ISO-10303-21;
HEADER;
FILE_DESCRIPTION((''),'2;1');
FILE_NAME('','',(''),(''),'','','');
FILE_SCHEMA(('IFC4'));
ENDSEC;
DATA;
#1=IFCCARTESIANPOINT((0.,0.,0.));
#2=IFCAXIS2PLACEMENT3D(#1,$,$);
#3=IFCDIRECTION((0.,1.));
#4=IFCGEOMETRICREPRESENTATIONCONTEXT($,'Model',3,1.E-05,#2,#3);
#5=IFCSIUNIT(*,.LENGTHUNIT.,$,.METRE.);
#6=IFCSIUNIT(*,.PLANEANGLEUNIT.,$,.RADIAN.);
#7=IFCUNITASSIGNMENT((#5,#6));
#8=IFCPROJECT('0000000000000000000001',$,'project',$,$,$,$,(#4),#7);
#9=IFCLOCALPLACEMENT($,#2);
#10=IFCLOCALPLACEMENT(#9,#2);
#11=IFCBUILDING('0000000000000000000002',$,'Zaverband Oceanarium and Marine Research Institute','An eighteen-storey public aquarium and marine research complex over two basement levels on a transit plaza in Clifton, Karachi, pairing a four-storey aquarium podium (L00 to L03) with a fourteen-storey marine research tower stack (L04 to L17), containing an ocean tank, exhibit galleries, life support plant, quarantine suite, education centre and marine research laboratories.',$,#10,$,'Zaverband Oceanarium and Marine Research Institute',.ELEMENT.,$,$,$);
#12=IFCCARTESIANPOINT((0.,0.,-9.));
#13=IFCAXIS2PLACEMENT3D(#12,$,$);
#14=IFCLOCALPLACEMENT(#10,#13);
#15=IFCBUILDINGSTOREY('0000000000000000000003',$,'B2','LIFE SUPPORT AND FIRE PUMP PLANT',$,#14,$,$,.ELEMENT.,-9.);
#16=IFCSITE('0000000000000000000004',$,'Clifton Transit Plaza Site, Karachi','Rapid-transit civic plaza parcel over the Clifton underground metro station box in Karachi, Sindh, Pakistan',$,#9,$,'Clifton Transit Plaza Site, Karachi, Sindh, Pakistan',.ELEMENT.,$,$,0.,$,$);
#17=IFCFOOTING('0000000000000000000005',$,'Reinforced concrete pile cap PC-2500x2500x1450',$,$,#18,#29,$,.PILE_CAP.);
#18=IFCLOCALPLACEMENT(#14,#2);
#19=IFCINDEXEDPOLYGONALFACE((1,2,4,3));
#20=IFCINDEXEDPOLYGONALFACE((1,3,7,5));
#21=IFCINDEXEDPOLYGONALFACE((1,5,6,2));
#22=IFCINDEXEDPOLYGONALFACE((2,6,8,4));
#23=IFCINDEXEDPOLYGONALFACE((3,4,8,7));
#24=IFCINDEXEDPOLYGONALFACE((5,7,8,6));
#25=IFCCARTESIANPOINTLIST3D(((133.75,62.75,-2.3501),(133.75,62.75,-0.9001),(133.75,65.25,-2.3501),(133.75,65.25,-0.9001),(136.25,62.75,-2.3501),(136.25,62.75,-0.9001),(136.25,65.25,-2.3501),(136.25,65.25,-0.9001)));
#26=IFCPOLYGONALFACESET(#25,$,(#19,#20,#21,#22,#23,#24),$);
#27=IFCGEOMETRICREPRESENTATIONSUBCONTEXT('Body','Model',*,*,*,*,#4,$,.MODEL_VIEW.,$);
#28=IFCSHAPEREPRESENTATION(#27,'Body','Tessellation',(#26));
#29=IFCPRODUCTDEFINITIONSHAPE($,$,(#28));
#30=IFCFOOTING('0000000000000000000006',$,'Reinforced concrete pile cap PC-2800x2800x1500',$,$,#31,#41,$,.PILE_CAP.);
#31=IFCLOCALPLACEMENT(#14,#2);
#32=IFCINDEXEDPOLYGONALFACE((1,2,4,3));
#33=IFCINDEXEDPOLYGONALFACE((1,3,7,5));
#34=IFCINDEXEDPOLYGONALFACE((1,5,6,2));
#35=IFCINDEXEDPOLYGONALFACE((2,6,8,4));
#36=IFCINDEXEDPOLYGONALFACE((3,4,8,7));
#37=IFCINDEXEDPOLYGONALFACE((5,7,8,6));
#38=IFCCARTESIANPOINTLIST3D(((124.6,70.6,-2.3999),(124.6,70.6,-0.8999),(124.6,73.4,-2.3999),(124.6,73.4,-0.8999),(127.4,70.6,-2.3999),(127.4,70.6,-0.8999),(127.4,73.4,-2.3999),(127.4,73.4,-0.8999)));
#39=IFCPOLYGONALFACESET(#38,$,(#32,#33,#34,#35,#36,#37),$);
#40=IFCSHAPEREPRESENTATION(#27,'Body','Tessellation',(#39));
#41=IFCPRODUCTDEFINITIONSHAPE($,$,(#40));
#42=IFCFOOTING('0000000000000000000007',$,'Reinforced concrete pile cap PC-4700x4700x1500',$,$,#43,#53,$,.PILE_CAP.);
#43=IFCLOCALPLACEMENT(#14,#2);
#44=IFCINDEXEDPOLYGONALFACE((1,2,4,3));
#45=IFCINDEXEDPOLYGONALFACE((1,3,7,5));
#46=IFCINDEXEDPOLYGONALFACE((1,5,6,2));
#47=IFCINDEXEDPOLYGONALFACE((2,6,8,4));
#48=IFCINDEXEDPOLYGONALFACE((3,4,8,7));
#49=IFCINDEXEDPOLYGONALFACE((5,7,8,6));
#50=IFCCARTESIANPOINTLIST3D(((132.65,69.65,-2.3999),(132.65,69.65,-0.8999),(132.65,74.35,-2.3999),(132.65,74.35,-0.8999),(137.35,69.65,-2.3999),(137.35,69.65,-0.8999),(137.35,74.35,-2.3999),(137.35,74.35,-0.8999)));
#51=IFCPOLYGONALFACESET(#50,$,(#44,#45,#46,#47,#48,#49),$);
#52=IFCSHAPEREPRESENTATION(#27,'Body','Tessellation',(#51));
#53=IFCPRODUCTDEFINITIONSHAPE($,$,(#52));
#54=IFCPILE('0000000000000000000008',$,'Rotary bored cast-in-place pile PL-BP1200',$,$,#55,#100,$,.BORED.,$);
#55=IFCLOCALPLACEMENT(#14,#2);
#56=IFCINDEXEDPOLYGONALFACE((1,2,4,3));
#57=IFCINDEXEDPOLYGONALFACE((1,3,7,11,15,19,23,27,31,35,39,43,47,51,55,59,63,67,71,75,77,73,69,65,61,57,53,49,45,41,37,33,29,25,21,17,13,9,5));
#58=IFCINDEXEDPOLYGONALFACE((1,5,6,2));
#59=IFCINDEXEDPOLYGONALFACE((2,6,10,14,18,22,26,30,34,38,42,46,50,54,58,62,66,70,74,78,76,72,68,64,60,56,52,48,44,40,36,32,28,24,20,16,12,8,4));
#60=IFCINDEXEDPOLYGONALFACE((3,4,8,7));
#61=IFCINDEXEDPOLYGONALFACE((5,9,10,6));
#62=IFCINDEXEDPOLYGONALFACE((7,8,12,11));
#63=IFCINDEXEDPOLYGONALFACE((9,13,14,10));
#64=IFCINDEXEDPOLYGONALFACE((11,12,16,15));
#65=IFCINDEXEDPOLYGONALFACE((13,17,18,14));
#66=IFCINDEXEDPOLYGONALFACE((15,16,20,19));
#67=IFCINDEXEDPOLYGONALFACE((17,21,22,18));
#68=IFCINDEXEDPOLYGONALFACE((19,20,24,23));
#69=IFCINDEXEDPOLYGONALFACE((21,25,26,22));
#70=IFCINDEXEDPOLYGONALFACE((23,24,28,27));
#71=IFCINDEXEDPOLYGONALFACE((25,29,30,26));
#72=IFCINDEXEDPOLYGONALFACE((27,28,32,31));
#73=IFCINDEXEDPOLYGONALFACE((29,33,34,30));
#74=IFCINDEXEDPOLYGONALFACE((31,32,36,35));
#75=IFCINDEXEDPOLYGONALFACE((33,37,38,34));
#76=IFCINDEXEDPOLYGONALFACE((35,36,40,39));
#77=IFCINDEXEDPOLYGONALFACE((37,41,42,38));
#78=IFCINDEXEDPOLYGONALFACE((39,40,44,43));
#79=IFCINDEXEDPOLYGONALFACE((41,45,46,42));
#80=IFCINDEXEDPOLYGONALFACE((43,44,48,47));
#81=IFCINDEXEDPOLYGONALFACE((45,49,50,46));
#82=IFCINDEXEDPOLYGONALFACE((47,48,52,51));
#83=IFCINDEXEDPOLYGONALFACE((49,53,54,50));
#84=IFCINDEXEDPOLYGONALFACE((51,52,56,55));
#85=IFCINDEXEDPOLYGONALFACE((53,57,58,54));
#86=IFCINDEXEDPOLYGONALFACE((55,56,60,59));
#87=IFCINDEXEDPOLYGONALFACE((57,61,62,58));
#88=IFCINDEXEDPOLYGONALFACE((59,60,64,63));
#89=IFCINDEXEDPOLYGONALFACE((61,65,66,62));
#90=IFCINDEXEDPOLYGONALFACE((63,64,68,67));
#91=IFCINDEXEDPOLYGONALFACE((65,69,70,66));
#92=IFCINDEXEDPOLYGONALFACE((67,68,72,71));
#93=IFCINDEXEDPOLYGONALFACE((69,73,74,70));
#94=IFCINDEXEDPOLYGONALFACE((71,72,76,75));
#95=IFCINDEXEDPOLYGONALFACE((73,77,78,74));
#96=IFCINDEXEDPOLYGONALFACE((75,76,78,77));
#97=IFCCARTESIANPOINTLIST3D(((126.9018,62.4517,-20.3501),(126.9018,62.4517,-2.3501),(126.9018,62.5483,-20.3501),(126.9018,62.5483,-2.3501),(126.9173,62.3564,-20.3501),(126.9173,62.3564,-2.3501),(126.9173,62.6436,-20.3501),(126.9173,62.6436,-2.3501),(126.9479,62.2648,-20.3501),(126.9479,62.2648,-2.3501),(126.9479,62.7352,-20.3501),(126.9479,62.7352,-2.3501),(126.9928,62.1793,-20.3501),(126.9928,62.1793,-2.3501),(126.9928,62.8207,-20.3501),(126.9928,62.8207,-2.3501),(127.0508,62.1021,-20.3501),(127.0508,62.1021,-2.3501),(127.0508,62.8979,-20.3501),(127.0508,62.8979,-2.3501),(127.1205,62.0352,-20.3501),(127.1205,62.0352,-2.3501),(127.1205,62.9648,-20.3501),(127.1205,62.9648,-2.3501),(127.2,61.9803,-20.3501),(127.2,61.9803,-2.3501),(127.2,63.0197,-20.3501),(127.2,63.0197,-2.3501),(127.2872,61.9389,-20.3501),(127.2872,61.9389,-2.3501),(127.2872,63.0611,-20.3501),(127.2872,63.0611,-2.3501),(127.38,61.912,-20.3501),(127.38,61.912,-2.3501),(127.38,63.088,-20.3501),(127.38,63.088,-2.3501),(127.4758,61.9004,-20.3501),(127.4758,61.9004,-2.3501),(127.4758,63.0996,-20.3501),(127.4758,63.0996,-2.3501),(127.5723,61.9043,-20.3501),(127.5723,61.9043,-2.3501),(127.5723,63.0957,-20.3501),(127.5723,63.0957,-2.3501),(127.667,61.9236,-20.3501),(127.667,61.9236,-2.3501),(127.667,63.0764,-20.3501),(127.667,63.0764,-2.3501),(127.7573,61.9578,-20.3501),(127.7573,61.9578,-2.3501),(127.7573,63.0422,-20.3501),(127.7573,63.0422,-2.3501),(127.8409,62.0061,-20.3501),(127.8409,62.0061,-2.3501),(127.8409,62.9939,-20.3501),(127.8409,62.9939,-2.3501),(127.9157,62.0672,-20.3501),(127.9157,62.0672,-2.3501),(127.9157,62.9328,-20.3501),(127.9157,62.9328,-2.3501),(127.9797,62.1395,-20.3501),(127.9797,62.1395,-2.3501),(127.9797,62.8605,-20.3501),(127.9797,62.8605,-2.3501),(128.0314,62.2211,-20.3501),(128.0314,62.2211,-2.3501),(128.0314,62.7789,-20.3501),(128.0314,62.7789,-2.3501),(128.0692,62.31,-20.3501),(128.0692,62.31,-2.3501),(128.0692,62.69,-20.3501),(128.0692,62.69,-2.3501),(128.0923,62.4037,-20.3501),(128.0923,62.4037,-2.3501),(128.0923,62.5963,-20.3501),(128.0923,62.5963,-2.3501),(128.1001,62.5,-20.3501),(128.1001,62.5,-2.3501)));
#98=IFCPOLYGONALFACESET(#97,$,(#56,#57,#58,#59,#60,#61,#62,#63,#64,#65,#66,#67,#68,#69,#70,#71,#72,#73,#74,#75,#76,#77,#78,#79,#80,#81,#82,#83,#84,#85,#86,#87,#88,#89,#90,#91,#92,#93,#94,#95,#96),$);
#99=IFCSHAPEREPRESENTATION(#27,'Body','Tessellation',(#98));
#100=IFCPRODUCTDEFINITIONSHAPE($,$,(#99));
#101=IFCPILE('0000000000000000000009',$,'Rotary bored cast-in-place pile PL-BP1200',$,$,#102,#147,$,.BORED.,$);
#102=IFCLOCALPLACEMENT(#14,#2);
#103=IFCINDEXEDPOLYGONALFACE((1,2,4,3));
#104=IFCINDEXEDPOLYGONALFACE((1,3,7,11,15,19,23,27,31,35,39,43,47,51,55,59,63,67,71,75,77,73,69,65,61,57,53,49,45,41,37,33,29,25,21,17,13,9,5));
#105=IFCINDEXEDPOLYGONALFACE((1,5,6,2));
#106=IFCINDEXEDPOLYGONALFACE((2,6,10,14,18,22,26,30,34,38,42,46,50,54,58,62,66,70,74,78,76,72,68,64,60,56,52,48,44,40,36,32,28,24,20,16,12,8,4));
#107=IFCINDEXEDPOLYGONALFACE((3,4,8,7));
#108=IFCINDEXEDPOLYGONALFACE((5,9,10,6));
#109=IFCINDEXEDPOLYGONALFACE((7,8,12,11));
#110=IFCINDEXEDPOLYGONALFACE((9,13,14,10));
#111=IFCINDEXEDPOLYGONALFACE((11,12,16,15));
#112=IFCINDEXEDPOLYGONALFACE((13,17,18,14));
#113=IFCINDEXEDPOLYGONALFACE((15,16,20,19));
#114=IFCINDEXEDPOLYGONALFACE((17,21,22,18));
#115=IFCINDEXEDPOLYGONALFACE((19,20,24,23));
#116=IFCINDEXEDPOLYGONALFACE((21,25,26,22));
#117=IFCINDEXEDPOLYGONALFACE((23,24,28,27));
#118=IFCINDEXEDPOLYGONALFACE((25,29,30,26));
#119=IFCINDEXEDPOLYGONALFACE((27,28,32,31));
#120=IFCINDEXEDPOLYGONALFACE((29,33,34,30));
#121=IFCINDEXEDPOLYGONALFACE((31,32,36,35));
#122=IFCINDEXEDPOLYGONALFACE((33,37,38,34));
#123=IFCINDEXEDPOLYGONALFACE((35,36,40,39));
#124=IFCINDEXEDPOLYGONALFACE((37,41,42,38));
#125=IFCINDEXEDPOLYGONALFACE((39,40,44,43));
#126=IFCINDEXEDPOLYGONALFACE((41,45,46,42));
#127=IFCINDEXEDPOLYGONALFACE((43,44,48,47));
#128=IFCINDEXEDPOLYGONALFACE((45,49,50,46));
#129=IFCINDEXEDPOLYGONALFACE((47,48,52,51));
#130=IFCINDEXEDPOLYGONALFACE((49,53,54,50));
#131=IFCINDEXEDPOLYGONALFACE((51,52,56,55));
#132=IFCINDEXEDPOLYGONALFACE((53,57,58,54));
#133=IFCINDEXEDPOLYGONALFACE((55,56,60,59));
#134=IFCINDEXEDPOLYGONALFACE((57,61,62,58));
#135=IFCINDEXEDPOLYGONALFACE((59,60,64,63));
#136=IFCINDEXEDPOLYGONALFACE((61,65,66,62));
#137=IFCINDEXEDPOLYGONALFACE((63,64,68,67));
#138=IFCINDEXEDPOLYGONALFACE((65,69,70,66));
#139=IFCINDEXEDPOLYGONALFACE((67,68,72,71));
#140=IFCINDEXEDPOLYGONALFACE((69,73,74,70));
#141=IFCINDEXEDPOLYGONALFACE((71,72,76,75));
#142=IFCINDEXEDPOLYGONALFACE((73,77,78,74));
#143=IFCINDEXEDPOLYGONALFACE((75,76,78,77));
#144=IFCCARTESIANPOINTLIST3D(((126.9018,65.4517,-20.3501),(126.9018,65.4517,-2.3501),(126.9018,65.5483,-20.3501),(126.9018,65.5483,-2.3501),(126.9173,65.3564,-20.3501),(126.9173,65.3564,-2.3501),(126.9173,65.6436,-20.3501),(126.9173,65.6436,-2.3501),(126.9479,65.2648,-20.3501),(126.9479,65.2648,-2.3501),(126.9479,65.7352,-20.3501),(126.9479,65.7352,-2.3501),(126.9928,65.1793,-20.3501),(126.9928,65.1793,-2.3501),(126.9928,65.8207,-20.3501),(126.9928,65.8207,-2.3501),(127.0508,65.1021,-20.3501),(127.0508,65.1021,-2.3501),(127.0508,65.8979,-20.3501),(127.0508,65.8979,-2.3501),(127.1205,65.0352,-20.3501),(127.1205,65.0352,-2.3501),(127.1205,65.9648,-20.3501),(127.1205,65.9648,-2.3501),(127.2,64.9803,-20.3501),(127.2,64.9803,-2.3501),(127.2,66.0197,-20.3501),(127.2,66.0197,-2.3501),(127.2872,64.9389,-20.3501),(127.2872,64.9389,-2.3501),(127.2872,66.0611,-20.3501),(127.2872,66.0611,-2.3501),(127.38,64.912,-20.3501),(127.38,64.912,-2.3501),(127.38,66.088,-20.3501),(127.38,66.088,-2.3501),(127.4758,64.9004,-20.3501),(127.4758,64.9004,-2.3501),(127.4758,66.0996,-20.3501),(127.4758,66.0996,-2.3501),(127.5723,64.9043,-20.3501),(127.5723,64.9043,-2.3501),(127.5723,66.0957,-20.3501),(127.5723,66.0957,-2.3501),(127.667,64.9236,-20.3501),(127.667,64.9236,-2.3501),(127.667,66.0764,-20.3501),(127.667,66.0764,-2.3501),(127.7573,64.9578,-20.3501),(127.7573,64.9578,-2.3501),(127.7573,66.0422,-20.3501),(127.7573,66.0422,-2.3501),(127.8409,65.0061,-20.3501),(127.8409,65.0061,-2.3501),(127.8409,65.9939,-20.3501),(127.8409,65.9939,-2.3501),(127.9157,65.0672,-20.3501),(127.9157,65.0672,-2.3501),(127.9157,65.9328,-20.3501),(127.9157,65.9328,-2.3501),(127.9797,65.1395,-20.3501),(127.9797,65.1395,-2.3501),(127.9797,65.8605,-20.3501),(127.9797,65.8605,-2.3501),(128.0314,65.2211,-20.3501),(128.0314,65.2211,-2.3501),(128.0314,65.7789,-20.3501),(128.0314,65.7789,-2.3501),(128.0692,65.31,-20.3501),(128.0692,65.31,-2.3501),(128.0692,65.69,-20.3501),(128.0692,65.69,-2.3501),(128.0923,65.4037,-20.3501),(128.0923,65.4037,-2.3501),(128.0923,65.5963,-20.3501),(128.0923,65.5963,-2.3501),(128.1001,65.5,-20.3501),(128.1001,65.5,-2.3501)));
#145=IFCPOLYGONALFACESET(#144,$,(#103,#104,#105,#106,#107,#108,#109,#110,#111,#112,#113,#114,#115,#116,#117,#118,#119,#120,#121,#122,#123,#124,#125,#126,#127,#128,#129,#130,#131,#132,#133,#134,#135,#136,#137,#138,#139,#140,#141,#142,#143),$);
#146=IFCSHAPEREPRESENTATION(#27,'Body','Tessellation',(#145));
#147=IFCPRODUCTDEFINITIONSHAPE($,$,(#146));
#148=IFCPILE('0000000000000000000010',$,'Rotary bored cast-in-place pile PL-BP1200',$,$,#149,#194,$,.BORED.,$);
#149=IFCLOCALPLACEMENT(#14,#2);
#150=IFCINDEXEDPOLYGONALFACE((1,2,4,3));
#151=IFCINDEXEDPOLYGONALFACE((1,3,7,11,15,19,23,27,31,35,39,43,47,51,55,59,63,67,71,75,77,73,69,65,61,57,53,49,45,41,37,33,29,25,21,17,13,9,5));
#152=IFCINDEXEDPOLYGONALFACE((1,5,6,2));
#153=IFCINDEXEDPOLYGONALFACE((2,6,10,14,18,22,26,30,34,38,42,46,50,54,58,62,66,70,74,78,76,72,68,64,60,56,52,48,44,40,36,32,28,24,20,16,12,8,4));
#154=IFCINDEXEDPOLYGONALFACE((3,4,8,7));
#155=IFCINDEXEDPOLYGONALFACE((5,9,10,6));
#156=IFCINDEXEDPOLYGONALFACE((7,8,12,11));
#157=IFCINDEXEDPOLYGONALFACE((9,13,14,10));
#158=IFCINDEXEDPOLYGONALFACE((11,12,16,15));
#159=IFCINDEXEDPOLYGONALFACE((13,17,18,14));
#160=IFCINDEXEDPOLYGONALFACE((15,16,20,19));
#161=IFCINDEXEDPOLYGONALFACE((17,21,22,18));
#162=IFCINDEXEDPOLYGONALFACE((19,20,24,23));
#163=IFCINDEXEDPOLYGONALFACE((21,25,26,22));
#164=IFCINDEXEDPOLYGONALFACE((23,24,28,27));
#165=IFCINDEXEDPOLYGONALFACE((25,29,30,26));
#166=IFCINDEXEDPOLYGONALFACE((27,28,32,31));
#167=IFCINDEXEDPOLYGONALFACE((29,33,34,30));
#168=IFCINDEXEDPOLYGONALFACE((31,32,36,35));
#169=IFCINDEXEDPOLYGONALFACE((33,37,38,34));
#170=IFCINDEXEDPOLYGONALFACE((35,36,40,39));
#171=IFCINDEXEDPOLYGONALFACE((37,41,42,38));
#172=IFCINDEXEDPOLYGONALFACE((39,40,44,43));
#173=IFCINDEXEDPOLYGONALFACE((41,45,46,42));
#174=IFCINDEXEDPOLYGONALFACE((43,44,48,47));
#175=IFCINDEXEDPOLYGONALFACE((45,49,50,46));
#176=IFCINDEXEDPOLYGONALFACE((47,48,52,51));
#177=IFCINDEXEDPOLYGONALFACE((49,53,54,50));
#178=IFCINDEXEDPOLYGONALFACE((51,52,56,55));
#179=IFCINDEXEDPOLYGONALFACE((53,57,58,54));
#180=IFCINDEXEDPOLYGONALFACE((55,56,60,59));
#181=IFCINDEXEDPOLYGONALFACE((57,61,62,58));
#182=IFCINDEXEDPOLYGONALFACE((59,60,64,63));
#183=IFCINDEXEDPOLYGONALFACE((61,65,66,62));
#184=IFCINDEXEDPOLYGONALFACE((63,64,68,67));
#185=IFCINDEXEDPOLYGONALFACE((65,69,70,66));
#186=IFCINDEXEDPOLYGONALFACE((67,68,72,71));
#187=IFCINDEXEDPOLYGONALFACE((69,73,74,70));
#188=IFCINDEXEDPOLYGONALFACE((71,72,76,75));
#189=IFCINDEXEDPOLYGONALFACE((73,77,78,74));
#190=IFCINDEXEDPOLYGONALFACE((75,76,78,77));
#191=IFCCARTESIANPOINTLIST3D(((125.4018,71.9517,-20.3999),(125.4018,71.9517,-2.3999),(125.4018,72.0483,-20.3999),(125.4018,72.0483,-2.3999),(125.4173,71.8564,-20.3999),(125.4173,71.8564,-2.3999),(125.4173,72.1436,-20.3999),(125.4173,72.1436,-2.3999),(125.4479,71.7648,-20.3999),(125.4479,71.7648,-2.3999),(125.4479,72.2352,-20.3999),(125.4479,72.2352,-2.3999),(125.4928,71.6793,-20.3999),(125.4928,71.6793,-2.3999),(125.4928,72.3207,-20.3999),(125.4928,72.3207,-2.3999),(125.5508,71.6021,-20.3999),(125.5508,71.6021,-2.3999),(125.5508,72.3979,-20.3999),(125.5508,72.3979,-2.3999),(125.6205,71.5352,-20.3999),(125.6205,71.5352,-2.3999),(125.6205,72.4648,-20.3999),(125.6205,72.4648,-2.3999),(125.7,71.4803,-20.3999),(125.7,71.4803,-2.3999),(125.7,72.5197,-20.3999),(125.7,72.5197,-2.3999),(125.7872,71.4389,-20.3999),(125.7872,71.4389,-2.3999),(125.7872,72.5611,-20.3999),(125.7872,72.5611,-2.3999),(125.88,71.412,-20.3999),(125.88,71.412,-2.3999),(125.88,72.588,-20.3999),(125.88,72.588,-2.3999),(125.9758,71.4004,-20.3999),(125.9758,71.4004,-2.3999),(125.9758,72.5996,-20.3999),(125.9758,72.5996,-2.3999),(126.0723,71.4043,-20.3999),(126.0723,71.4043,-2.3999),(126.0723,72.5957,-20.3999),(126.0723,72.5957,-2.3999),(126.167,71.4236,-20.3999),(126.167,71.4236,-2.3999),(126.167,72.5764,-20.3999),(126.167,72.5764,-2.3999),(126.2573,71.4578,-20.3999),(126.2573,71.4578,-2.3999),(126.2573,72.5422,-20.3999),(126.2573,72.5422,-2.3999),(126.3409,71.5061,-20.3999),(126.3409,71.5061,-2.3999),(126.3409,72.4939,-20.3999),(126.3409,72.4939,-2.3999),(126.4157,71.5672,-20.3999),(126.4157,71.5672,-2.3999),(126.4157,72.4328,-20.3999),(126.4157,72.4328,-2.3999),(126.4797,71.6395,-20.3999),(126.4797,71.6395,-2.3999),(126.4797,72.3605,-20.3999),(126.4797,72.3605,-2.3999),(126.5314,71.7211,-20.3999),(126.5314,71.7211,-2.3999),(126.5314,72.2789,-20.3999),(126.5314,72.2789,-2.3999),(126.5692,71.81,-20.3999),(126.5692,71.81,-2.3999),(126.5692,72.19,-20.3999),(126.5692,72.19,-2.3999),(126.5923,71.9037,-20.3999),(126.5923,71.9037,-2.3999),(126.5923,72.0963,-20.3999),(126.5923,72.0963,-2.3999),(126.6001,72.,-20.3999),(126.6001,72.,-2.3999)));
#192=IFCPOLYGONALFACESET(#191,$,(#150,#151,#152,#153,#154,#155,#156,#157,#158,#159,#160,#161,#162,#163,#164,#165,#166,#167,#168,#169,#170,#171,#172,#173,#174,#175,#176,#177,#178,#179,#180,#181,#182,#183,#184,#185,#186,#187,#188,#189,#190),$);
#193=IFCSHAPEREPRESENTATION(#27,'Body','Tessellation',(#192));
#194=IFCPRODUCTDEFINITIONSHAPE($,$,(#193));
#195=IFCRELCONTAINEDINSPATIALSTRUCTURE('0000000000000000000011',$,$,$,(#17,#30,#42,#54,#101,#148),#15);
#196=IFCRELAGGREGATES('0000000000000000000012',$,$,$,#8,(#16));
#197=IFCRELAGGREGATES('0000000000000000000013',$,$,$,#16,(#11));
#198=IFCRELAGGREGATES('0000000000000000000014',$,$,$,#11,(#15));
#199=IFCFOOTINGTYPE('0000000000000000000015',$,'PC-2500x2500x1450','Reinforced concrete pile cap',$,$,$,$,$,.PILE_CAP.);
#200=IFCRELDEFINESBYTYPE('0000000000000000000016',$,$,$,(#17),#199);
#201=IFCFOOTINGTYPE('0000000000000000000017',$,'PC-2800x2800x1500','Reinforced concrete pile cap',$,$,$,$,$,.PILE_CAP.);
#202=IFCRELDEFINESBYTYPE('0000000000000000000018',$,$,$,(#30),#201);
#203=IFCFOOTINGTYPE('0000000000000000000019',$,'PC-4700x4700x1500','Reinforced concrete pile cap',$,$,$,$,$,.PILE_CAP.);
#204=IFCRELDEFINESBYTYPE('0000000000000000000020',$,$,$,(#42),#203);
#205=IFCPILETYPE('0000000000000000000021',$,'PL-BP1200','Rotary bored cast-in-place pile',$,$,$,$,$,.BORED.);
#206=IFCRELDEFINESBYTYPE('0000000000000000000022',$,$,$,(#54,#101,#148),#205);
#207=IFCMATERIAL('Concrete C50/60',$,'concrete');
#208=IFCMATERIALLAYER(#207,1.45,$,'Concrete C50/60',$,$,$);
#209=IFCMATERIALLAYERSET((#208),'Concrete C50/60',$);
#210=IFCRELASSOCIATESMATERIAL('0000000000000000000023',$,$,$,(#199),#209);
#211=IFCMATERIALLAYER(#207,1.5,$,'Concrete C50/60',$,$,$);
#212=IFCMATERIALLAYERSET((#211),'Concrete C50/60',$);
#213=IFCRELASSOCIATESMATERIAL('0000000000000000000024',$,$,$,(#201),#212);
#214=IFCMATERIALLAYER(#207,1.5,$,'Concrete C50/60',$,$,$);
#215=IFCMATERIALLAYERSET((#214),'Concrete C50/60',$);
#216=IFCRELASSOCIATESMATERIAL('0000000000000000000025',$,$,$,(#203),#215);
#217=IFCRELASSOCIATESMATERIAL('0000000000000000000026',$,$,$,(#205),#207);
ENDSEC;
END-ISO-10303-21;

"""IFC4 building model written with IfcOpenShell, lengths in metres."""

from ifc_helpers import new_model, si_unit, direction, frame, origin, origin_2d, place, context, subcontext, project, spatial, rectangle, circle, extrude, material, layer, layer_set, material_profile, profile_set, type_object, element, save


model = new_model("IFC4")

# Units and contexts
model_context = context("Model", 3, precision=1e-05, world=origin(), true_north=direction((0.0, 1.0)))
body_context = subcontext(model_context, "Body", "Model", "MODEL_VIEW")
ifc_project = project(units=[si_unit("LENGTHUNIT", "METRE"), si_unit("PLANEANGLEUNIT", "RADIAN")], contexts=[model_context])

# Site, building, storey
site_placement = place(None, origin())
site = spatial("IfcSite", under=ifc_project, at=site_placement, Name="Clifton Transit Plaza Site, Karachi", Description="Rapid-transit civic plaza parcel over the Clifton underground metro station box in Karachi, Sindh, Pakistan", LongName="Clifton Transit Plaza Site, Karachi, Sindh, Pakistan", CompositionType="ELEMENT", RefElevation=0.0)
building_placement = place(site_placement, origin())
building = spatial("IfcBuilding", under=site, at=building_placement, Name="Zaverband Oceanarium and Marine Research Institute", Description="An eighteen-storey public aquarium and marine research complex over two basement levels on a transit plaza in Clifton, Karachi, pairing a four-storey aquarium podium (L00 to L03) with a fourteen-storey marine research tower stack (L04 to L17), containing an ocean tank, exhibit galleries, life support plant, quarantine suite, education centre and marine research laboratories.", LongName="Zaverband Oceanarium and Marine Research Institute", CompositionType="ELEMENT")
storey_placement = place(building_placement, frame((0.0, 0.0, -9.0)))
storey = spatial("IfcBuildingStorey", under=building, at=storey_placement, Name="B2", Description="LIFE SUPPORT AND FIRE PUMP PLANT", CompositionType="ELEMENT", Elevation=-9.0)

# Footings
ifc_material_1 = material(Name="Concrete C50/60", Category="concrete")
ifc_layer_1 = layer(ifc_material_1, 1.45, Name="Concrete C50/60")
ifc_layer_set_1 = layer_set([ifc_layer_1], Name="Concrete C50/60")
footing_type_1 = type_object("IfcFootingType", Name="PC-2500x2500x1450", Description="Reinforced concrete pile cap", PredefinedType="PILE_CAP", material=ifc_layer_set_1)
footing_1_placement = place(storey_placement, frame((135.0, 64.0, -2.3501), z_axis=(0.0, 0.0, 1.0), x_axis=(1.0, 0.0, 0.0)))
element("IfcFooting", 1, at=footing_1_placement, inside=storey, type_object=footing_type_1, Name="Reinforced concrete pile cap PC-2500x2500x1450", PredefinedType="PILE_CAP", context=body_context, shape_type="SweptSolid", body=[
    extrude(rectangle(XDim=2.5, YDim=2.5, at=origin_2d()), origin(), (0.0, 0.0, 1.0), 1.45),
])
ifc_layer_2 = layer(ifc_material_1, 1.5, Name="Concrete C50/60")
ifc_layer_set_2 = layer_set([ifc_layer_2], Name="Concrete C50/60")
footing_type_2 = type_object("IfcFootingType", Name="PC-2800x2800x1500", Description="Reinforced concrete pile cap", PredefinedType="PILE_CAP", material=ifc_layer_set_2)
footing_2_placement = place(storey_placement, frame((126.0, 72.0, -2.3999), z_axis=(0.0, 0.0, 1.0), x_axis=(1.0, 0.0, 0.0)))
element("IfcFooting", 2, at=footing_2_placement, inside=storey, type_object=footing_type_2, Name="Reinforced concrete pile cap PC-2800x2800x1500", PredefinedType="PILE_CAP", context=body_context, shape_type="SweptSolid", body=[
    extrude(rectangle(XDim=2.8, YDim=2.8, at=origin_2d()), origin(), (0.0, 0.0, 1.0), 1.5),
])
ifc_layer_3 = layer(ifc_material_1, 1.5, Name="Concrete C50/60")
ifc_layer_set_3 = layer_set([ifc_layer_3], Name="Concrete C50/60")
footing_type_3 = type_object("IfcFootingType", Name="PC-4700x4700x1500", Description="Reinforced concrete pile cap", PredefinedType="PILE_CAP", material=ifc_layer_set_3)
footing_3_placement = place(storey_placement, frame((135.0, 72.0, -2.3999), z_axis=(0.0, 0.0, 1.0), x_axis=(1.0, 0.0, 0.0)))
element("IfcFooting", 3, at=footing_3_placement, inside=storey, type_object=footing_type_3, Name="Reinforced concrete pile cap PC-4700x4700x1500", PredefinedType="PILE_CAP", context=body_context, shape_type="SweptSolid", body=[
    extrude(rectangle(XDim=4.7, YDim=4.7, at=origin_2d()), origin(), (0.0, 0.0, 1.0), 1.5),
])

# Piles
ifc_material_profile_1 = material_profile(ifc_material_1, circle(Radius=0.6001, at=origin_2d()), Name="BP1200")
ifc_profile_set_1 = profile_set([ifc_material_profile_1], Name="Concrete C50/60")
pile_type = type_object("IfcPileType", Name="PL-BP1200", Description="Rotary bored cast-in-place pile", PredefinedType="BORED", material=ifc_profile_set_1)
for number, where, z_axis, x_axis, name in (
    (4, (127.5, 62.5, -2.3501), (0.0, 0.0, -1.0), (1.0, 0.0, 0.0), "Rotary bored cast-in-place pile PL-BP1200"),
    (5, (127.5, 65.5, -2.3501), (0.0, 0.0, -1.0), (1.0, 0.0, 0.0), "Rotary bored cast-in-place pile PL-BP1200"),
    (6, (126.0, 72.0, -2.3999), (0.0, 0.0, -1.0), (1.0, 0.0, 0.0), "Rotary bored cast-in-place pile PL-BP1200"),
):
    element("IfcPile", number, at=place(storey_placement, frame(where, z_axis=z_axis, x_axis=x_axis)), inside=storey, type_object=pile_type, Name=name, PredefinedType="BORED", context=body_context, shape_type="SweptSolid", body=[
        extrude(circle(Radius=0.6001, at=origin_2d()), origin(), (0.0, 0.0, 1.0), 18.0),
    ])

save(model, "model.ifc")
